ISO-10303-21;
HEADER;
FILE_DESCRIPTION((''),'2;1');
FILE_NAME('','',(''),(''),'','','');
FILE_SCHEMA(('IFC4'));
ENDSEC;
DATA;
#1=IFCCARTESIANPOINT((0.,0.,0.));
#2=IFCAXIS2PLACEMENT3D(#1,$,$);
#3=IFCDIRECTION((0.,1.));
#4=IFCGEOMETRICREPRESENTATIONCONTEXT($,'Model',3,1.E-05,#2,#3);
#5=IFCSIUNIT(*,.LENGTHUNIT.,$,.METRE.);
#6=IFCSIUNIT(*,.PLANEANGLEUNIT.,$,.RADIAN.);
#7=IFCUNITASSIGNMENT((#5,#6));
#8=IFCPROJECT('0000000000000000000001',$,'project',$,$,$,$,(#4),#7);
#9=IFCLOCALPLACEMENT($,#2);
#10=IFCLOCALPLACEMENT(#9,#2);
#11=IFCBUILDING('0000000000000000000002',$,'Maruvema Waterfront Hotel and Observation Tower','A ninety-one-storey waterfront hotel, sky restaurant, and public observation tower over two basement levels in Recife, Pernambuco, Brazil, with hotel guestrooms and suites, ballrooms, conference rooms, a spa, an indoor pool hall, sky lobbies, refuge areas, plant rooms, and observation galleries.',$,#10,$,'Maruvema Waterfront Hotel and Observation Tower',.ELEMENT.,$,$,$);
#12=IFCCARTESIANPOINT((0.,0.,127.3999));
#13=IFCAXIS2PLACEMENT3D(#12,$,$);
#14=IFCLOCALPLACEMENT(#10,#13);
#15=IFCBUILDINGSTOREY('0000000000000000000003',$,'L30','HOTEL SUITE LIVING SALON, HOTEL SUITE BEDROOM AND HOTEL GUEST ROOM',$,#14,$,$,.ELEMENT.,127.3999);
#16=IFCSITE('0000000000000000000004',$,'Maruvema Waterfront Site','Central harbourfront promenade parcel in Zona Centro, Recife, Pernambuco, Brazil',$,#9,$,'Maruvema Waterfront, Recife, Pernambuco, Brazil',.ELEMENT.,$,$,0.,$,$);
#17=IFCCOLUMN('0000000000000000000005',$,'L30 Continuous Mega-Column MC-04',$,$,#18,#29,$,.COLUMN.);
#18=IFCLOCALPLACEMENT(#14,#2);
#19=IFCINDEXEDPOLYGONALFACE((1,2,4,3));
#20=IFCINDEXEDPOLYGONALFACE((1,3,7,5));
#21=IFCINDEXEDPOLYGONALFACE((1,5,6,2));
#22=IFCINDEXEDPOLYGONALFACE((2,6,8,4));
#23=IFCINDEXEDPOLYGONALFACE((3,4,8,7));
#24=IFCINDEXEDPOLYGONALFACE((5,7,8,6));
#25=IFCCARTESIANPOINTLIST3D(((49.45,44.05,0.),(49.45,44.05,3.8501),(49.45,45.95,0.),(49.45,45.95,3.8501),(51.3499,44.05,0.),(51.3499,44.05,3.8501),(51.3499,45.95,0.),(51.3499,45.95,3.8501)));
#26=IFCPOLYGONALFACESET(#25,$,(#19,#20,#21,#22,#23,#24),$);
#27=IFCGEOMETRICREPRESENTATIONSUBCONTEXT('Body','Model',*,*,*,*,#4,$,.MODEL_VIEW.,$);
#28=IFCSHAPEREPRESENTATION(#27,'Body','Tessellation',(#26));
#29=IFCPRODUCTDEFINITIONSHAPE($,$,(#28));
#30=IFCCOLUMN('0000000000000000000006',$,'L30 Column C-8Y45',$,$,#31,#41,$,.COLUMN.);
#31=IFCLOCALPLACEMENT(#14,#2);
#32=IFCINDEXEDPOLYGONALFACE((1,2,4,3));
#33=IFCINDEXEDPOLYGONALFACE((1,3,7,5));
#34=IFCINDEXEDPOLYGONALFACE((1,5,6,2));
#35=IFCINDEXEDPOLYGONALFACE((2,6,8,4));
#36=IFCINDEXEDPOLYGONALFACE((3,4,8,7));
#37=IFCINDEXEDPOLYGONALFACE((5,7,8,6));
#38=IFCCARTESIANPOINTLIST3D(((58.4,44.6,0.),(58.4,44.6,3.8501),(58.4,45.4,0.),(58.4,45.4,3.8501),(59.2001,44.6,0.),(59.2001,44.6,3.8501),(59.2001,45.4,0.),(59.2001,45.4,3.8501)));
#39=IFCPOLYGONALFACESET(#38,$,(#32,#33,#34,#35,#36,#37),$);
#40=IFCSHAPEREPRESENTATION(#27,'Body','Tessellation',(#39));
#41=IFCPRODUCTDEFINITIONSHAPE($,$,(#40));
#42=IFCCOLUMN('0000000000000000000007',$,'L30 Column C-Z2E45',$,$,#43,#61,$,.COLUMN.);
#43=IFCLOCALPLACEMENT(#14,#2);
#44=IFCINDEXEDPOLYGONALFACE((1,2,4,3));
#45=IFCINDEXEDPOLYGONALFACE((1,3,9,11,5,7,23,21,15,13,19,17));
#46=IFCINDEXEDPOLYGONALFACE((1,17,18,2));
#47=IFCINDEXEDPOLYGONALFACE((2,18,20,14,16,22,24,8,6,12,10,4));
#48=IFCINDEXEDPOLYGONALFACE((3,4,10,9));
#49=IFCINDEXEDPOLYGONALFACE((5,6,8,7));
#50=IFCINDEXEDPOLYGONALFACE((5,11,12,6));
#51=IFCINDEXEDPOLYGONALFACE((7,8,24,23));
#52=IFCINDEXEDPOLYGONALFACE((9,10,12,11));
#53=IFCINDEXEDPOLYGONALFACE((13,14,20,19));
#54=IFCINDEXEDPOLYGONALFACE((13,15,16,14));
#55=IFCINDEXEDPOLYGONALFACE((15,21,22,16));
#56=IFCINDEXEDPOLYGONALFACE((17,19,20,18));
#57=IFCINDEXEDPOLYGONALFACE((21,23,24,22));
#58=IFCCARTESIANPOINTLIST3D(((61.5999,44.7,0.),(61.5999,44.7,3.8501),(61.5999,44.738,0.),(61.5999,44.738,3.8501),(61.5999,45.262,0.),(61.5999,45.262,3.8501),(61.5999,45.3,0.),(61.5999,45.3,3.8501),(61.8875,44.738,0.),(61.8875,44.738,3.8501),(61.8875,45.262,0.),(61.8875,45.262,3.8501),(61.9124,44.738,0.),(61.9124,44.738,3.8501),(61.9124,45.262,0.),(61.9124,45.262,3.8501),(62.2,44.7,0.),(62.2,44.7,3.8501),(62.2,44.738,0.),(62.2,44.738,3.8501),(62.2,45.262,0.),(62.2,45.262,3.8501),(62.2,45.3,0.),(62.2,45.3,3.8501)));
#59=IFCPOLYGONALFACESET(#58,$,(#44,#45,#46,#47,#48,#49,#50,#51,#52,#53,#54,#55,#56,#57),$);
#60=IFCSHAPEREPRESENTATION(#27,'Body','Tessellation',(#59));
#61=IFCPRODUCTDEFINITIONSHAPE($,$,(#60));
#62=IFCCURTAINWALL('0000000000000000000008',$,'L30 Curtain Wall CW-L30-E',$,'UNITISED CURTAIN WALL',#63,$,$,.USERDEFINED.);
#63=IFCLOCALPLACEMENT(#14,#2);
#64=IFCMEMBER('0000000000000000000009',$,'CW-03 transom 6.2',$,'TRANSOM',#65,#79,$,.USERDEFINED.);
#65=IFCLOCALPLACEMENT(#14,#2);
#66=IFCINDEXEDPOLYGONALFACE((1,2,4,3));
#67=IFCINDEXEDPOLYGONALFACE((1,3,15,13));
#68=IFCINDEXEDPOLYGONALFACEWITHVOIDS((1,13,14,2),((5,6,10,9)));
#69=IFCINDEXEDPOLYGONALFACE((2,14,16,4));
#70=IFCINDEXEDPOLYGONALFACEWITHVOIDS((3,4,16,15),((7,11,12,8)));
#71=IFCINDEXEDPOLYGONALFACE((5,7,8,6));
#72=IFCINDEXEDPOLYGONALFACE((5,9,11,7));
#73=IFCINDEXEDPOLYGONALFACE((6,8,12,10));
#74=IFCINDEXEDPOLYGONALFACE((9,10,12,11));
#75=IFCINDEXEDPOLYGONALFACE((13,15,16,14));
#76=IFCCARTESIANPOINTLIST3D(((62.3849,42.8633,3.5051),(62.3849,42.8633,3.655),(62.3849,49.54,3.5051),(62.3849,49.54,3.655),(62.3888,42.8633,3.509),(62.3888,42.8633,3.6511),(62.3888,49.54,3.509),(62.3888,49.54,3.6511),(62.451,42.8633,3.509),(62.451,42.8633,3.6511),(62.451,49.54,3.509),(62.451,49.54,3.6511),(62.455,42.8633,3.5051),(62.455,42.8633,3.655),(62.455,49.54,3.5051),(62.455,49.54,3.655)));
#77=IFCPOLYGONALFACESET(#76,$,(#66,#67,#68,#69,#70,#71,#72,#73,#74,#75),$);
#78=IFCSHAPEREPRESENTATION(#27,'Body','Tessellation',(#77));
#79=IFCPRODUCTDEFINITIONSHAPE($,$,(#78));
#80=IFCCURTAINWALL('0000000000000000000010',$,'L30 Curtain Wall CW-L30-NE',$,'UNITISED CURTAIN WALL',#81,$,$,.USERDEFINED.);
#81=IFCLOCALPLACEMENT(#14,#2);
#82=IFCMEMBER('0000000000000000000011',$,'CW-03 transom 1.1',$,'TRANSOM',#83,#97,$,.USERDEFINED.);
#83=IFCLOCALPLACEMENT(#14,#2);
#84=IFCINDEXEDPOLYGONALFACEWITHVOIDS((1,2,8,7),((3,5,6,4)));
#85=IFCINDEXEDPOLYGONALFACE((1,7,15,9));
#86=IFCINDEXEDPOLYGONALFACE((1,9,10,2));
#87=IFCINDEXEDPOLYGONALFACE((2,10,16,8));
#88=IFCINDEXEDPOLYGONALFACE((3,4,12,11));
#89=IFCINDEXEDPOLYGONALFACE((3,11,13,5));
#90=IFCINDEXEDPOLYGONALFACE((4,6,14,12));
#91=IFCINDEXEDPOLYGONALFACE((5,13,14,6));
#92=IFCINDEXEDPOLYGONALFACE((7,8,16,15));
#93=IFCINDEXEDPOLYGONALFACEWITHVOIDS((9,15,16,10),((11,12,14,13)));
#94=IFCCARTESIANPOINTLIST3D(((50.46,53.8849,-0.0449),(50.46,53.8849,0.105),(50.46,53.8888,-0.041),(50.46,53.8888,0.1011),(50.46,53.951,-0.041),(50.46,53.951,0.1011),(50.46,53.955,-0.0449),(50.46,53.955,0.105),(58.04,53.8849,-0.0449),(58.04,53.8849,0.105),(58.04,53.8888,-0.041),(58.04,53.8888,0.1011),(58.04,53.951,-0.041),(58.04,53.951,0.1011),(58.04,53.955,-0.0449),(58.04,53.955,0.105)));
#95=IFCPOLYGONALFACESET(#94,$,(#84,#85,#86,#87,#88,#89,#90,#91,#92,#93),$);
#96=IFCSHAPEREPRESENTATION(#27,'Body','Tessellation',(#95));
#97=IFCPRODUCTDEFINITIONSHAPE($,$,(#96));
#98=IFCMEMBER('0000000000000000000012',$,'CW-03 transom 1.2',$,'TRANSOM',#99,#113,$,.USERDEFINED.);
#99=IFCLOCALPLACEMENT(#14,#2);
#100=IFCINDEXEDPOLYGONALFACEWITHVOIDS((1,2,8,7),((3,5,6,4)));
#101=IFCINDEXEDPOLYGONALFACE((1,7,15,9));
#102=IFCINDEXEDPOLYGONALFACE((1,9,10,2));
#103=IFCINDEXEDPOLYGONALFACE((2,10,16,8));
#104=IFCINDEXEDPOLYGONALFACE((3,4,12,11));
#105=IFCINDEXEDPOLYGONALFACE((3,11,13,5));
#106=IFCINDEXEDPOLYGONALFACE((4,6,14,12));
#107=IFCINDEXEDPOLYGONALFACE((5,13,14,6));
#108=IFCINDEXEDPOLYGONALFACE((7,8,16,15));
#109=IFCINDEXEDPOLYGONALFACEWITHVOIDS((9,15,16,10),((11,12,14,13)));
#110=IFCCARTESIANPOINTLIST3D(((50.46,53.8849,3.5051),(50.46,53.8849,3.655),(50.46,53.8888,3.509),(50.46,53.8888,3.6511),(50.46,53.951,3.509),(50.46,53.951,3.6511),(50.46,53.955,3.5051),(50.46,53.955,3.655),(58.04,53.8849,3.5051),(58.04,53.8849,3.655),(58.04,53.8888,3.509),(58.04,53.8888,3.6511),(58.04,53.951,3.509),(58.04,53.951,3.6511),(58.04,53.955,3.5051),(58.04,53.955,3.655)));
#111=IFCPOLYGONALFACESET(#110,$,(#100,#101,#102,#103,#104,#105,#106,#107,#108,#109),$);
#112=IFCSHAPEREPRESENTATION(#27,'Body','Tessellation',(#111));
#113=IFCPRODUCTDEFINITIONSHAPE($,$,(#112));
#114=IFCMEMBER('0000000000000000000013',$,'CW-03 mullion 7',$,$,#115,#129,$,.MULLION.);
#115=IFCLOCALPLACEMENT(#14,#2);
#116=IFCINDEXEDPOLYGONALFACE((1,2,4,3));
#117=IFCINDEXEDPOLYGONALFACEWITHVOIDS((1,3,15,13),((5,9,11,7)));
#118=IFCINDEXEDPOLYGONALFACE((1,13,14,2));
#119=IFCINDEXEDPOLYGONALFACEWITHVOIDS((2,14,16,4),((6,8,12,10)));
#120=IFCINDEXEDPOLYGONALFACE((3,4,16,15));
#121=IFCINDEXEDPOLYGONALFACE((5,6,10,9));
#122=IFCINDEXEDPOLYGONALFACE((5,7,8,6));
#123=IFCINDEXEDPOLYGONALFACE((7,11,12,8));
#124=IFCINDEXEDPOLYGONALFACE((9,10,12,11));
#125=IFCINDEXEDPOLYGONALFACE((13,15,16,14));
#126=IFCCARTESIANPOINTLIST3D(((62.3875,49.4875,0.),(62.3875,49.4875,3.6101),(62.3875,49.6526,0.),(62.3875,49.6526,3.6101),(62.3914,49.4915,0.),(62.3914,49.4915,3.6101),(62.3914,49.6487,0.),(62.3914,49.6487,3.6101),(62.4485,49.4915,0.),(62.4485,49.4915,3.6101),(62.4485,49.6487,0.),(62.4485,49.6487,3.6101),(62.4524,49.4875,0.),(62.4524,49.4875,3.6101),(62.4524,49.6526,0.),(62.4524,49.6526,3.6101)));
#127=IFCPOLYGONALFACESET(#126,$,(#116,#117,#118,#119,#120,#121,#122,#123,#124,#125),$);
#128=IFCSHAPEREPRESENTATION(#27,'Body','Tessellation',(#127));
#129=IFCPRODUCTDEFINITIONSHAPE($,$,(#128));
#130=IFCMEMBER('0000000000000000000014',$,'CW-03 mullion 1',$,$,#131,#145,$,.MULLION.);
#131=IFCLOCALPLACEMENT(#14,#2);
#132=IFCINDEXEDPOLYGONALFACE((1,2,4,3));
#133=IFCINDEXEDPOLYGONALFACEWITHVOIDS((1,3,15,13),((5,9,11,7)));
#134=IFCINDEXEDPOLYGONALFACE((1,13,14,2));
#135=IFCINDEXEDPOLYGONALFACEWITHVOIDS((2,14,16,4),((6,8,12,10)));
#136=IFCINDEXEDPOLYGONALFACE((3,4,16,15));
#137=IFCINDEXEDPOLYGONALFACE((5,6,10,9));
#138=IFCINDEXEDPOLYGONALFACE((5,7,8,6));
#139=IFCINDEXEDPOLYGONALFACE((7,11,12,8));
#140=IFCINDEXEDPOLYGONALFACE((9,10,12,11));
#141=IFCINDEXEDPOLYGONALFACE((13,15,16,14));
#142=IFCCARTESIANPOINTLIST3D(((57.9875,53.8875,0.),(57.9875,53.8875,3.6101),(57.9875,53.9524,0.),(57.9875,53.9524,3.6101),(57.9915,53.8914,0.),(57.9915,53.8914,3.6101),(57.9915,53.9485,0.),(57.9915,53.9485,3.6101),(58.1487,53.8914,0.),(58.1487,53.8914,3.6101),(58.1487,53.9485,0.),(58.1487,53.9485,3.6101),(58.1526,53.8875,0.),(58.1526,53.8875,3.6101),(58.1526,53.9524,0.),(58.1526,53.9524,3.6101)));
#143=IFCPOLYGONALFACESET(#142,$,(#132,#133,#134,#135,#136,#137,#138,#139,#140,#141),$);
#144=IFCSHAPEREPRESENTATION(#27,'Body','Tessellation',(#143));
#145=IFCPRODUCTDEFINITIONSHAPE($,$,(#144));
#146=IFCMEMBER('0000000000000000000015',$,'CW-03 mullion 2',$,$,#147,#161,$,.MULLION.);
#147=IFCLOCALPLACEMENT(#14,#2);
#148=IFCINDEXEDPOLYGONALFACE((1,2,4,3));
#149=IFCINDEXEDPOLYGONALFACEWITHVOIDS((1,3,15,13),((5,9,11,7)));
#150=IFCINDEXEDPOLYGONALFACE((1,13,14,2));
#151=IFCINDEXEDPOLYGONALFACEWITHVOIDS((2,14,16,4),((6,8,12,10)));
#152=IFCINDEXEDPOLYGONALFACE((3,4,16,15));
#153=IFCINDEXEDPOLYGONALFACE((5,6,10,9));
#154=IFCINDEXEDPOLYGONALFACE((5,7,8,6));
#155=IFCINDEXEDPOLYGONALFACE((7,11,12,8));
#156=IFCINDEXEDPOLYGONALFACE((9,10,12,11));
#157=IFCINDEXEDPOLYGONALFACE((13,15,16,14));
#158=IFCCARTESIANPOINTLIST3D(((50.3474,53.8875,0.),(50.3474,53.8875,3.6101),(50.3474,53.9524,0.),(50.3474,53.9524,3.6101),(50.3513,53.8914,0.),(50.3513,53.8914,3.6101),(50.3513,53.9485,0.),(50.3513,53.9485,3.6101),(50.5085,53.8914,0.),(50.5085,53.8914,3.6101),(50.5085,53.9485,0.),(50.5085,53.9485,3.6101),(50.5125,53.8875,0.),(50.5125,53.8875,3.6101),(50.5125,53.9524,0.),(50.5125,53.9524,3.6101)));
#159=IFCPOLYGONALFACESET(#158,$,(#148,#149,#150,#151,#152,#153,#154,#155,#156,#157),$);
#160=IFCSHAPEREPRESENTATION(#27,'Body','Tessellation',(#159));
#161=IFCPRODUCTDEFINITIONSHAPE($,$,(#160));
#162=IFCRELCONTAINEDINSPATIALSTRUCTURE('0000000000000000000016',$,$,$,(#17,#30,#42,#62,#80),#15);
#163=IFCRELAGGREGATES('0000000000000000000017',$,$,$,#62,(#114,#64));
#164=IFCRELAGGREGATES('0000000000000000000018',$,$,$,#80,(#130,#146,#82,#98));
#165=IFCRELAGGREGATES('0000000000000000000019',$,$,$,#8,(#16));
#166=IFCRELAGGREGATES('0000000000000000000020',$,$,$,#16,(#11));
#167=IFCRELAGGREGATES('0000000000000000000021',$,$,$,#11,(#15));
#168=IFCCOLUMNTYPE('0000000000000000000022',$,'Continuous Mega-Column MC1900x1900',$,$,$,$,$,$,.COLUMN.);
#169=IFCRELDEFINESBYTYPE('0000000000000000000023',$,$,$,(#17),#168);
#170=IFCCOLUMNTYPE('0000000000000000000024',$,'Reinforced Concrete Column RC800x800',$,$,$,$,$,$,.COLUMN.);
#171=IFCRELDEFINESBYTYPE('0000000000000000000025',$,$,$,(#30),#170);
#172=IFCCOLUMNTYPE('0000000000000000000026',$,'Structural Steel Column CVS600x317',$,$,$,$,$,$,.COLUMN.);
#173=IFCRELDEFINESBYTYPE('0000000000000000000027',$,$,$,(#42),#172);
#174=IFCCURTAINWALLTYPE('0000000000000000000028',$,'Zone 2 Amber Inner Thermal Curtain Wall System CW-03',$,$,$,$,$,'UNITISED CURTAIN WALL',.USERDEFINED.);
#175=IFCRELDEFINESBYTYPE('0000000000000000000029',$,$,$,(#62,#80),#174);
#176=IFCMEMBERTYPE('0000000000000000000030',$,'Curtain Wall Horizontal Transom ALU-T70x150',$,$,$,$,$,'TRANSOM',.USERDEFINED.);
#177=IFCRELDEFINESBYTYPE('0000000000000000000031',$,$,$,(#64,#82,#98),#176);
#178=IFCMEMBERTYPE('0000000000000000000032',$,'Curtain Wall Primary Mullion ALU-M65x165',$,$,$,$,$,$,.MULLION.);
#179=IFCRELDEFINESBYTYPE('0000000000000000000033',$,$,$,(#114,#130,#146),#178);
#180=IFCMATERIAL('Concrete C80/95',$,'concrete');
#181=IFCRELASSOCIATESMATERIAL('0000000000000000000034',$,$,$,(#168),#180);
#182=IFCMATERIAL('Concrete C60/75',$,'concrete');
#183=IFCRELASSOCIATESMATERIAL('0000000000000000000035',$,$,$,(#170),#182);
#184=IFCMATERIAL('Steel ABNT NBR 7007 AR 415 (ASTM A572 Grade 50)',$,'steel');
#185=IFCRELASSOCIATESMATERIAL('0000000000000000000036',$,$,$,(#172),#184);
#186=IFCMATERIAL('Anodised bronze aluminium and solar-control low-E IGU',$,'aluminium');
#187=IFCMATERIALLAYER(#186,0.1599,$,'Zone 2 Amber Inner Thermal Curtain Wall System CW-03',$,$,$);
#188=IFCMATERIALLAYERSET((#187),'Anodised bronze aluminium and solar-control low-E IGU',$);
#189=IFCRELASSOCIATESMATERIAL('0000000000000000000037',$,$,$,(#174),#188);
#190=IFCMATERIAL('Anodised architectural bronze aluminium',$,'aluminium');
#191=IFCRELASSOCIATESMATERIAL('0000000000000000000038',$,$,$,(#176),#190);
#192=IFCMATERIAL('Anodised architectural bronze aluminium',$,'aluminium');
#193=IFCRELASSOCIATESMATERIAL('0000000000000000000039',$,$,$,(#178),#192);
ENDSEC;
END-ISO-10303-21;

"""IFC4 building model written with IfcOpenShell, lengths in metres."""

from ifc_helpers import new_model, si_unit, direction, frame, origin, origin_2d, place, context, subcontext, project, spatial, rectangle, hollow_rectangle, i_section, extrude, material, layer, layer_set, material_profile, profile_set, type_object, element, aggregate, save


model = new_model("IFC4")

# Units and contexts
model_context = context("Model", 3, precision=1e-05, world=origin(), true_north=direction((0.0, 1.0)))
body_context = subcontext(model_context, "Body", "Model", "MODEL_VIEW")
ifc_project = project(units=[si_unit("LENGTHUNIT", "METRE"), si_unit("PLANEANGLEUNIT", "RADIAN")], contexts=[model_context])

# Site, building, storey
site_placement = place(None, origin())
site = spatial("IfcSite", under=ifc_project, at=site_placement, Name="Maruvema Waterfront Site", Description="Central harbourfront promenade parcel in Zona Centro, Recife, Pernambuco, Brazil", LongName="Maruvema Waterfront, Recife, Pernambuco, Brazil", CompositionType="ELEMENT", RefElevation=0.0)
building_placement = place(site_placement, origin())
building = spatial("IfcBuilding", under=site, at=building_placement, Name="Maruvema Waterfront Hotel and Observation Tower", Description="A ninety-one-storey waterfront hotel, sky restaurant, and public observation tower over two basement levels in Recife, Pernambuco, Brazil, with hotel guestrooms and suites, ballrooms, conference rooms, a spa, an indoor pool hall, sky lobbies, refuge areas, plant rooms, and observation galleries.", LongName="Maruvema Waterfront Hotel and Observation Tower", CompositionType="ELEMENT")
storey_placement = place(building_placement, frame((0.0, 0.0, 127.3999)))
storey = spatial("IfcBuildingStorey", under=building, at=storey_placement, Name="L30", Description="HOTEL SUITE LIVING SALON, HOTEL SUITE BEDROOM AND HOTEL GUEST ROOM", CompositionType="ELEMENT", Elevation=127.3999)

# Columns
ifc_material_1 = material(Name="Concrete C80/95", Category="concrete")
ifc_material_profile_1 = material_profile(ifc_material_1, rectangle(XDim=1.8999, YDim=1.8999, at=origin_2d()), Name="MC1900x1900")
ifc_profile_set_1 = profile_set([ifc_material_profile_1], Name="Concrete C80/95")
column_type_1 = type_object("IfcColumnType", Name="Continuous Mega-Column MC1900x1900", PredefinedType="COLUMN", material=ifc_profile_set_1)
column_1_placement = place(storey_placement, frame((50.3999, 45.0, 0.0), z_axis=(0.0, 0.0, 1.0), x_axis=(1.0, 0.0, 0.0)))
element("IfcColumn", 1, at=column_1_placement, inside=storey, type_object=column_type_1, Name="L30 Continuous Mega-Column MC-04", PredefinedType="COLUMN", context=body_context, shape_type="SweptSolid", body=[
    extrude(rectangle(XDim=1.8999, YDim=1.8999, at=origin_2d()), origin(), (0.0, 0.0, 1.0), 3.8501),
])
ifc_material_2 = material(Name="Concrete C60/75", Category="concrete")
ifc_material_profile_2 = material_profile(ifc_material_2, rectangle(XDim=0.8, YDim=0.8, at=origin_2d()), Name="RC800x800")
ifc_profile_set_2 = profile_set([ifc_material_profile_2], Name="Concrete C60/75")
column_type_2 = type_object("IfcColumnType", Name="Reinforced Concrete Column RC800x800", PredefinedType="COLUMN", material=ifc_profile_set_2)
column_2_placement = place(storey_placement, frame((58.8, 45.0, 0.0), z_axis=(0.0, 0.0, 1.0), x_axis=(1.0, 0.0, 0.0)))
element("IfcColumn", 2, at=column_2_placement, inside=storey, type_object=column_type_2, Name="L30 Column C-8Y45", PredefinedType="COLUMN", context=body_context, shape_type="SweptSolid", body=[
    extrude(rectangle(XDim=0.8, YDim=0.8, at=origin_2d()), origin(), (0.0, 0.0, 1.0), 3.8501),
])
ifc_material_3 = material(Name="Steel ABNT NBR 7007 AR 415 (ASTM A572 Grade 50)", Category="steel")
ifc_material_profile_3 = material_profile(ifc_material_3, i_section(OverallWidth=0.6001, OverallDepth=0.6001, WebThickness=0.0249, FlangeThickness=0.0381, at=origin_2d()), Name="CVS600x317")
ifc_profile_set_3 = profile_set([ifc_material_profile_3], Name="Steel ABNT NBR 7007 AR 415 (ASTM A572 Grade 50)")
column_type_3 = type_object("IfcColumnType", Name="Structural Steel Column CVS600x317", PredefinedType="COLUMN", material=ifc_profile_set_3)
column_3_placement = place(storey_placement, frame((61.8999, 45.0, 0.0), z_axis=(0.0, 0.0, 1.0), x_axis=(1.0, 0.0, 0.0)))
element("IfcColumn", 3, at=column_3_placement, inside=storey, type_object=column_type_3, Name="L30 Column C-Z2E45", PredefinedType="COLUMN", context=body_context, shape_type="SweptSolid", body=[
    extrude(i_section(OverallWidth=0.6001, OverallDepth=0.6001, WebThickness=0.0249, FlangeThickness=0.0381, at=origin_2d()), origin(), (0.0, 0.0, 1.0), 3.8501),
])

# Curtain wall, member
ifc_material_4 = material(Name="Anodised bronze aluminium and solar-control low-E IGU", Category="aluminium")
ifc_layer_1 = layer(ifc_material_4, 0.1599, Name="Zone 2 Amber Inner Thermal Curtain Wall System CW-03")
ifc_layer_set_1 = layer_set([ifc_layer_1], Name="Anodised bronze aluminium and solar-control low-E IGU")
curtain_wall_type = type_object("IfcCurtainWallType", Name="Zone 2 Amber Inner Thermal Curtain Wall System CW-03", ElementType="UNITISED CURTAIN WALL", PredefinedType="USERDEFINED", material=ifc_layer_set_1)
curtain_wall_1_placement = place(storey_placement, origin())
curtain_wall_1 = element("IfcCurtainWall", 4, at=curtain_wall_1_placement, inside=storey, type_object=curtain_wall_type, Name="L30 Curtain Wall CW-L30-E", ObjectType="UNITISED CURTAIN WALL", PredefinedType="USERDEFINED")
ifc_material_5 = material(Name="Anodised architectural bronze aluminium", Category="aluminium")
ifc_material_profile_4 = material_profile(ifc_material_5, hollow_rectangle(XDim=0.0701, YDim=0.1499, WallThickness=0.0039, at=origin_2d()), Name="ALU-T70x150")
ifc_profile_set_4 = profile_set([ifc_material_profile_4], Name="Anodised architectural bronze aluminium")
member_type_1 = type_object("IfcMemberType", Name="Curtain Wall Horizontal Transom ALU-T70x150", ElementType="TRANSOM", PredefinedType="USERDEFINED", material=ifc_profile_set_4)
member_1_placement = place(storey_placement, frame((62.4199, 42.8633, 3.5801), z_axis=(0.0, 1.0, 0.0), x_axis=(-1.0, 0.0, 0.0)))
member_1 = element("IfcMember", 5, at=member_1_placement, type_object=member_type_1, Name="CW-03 transom 6.2", ObjectType="TRANSOM", PredefinedType="USERDEFINED", context=body_context, shape_type="SweptSolid", body=[
    extrude(hollow_rectangle(XDim=0.0701, YDim=0.1499, WallThickness=0.0039, at=origin_2d()), origin(), (0.0, 0.0, 1.0), 6.6768),
])

# Curtain wall, members
curtain_wall_2_placement = place(storey_placement, origin())
curtain_wall_2 = element("IfcCurtainWall", 6, at=curtain_wall_2_placement, inside=storey, type_object=curtain_wall_type, Name="L30 Curtain Wall CW-L30-NE", ObjectType="UNITISED CURTAIN WALL", PredefinedType="USERDEFINED")
member_2_placement = place(storey_placement, frame((58.04, 53.9199, 0.03), z_axis=(-1.0, 0.0, 0.0), x_axis=(0.0, -1.0, 0.0)))
member_2 = element("IfcMember", 7, at=member_2_placement, type_object=member_type_1, Name="CW-03 transom 1.1", ObjectType="TRANSOM", PredefinedType="USERDEFINED", context=body_context, shape_type="SweptSolid", body=[
    extrude(hollow_rectangle(XDim=0.0701, YDim=0.1499, WallThickness=0.0039, at=origin_2d()), origin(), (0.0, 0.0, 1.0), 7.5801),
])
member_3_placement = place(storey_placement, frame((58.04, 53.9199, 3.5801), z_axis=(-1.0, 0.0, 0.0), x_axis=(0.0, -1.0, 0.0)))
member_3 = element("IfcMember", 8, at=member_3_placement, type_object=member_type_1, Name="CW-03 transom 1.2", ObjectType="TRANSOM", PredefinedType="USERDEFINED", context=body_context, shape_type="SweptSolid", body=[
    extrude(hollow_rectangle(XDim=0.0701, YDim=0.1499, WallThickness=0.0039, at=origin_2d()), origin(), (0.0, 0.0, 1.0), 7.5801),
])

# Members
ifc_material_6 = material(Name="Anodised architectural bronze aluminium", Category="aluminium")
ifc_material_profile_5 = material_profile(ifc_material_6, hollow_rectangle(XDim=0.0649, YDim=0.165, WallThickness=0.0039, at=origin_2d()), Name="ALU-M65x165")
ifc_profile_set_5 = profile_set([ifc_material_profile_5], Name="Anodised architectural bronze aluminium")
member_type_2 = type_object("IfcMemberType", Name="Curtain Wall Primary Mullion ALU-M65x165", PredefinedType="MULLION", material=ifc_profile_set_5)
member_4_placement = place(storey_placement, frame((62.4199, 49.5701, 0.0), z_axis=(0.0, 0.0, 1.0), x_axis=(-1.0, 0.0, 0.0)))
member_4 = element("IfcMember", 9, at=member_4_placement, type_object=member_type_2, Name="CW-03 mullion 7", PredefinedType="MULLION", context=body_context, shape_type="SweptSolid", body=[
    extrude(hollow_rectangle(XDim=0.0649, YDim=0.165, WallThickness=0.0039, at=origin_2d()), origin(), (0.0, 0.0, 1.0), 3.6101),
])
member_5_placement = place(storey_placement, frame((58.0701, 53.9199, 0.0), z_axis=(0.0, 0.0, 1.0), x_axis=(0.0, -1.0, 0.0)))
member_5 = element("IfcMember", 10, at=member_5_placement, type_object=member_type_2, Name="CW-03 mullion 1", PredefinedType="MULLION", context=body_context, shape_type="SweptSolid", body=[
    extrude(hollow_rectangle(XDim=0.0649, YDim=0.165, WallThickness=0.0039, at=origin_2d()), origin(), (0.0, 0.0, 1.0), 3.6101),
])
member_6_placement = place(storey_placement, frame((50.4299, 53.9199, 0.0), z_axis=(0.0, 0.0, 1.0), x_axis=(0.0, -1.0, 0.0)))
member_6 = element("IfcMember", 11, at=member_6_placement, type_object=member_type_2, Name="CW-03 mullion 2", PredefinedType="MULLION", context=body_context, shape_type="SweptSolid", body=[
    extrude(hollow_rectangle(XDim=0.0649, YDim=0.165, WallThickness=0.0039, at=origin_2d()), origin(), (0.0, 0.0, 1.0), 3.6101),
])

aggregate(curtain_wall_1, [member_4, member_1])
aggregate(curtain_wall_2, [member_5, member_6, member_2, member_3])

save(model, "model.ifc")
